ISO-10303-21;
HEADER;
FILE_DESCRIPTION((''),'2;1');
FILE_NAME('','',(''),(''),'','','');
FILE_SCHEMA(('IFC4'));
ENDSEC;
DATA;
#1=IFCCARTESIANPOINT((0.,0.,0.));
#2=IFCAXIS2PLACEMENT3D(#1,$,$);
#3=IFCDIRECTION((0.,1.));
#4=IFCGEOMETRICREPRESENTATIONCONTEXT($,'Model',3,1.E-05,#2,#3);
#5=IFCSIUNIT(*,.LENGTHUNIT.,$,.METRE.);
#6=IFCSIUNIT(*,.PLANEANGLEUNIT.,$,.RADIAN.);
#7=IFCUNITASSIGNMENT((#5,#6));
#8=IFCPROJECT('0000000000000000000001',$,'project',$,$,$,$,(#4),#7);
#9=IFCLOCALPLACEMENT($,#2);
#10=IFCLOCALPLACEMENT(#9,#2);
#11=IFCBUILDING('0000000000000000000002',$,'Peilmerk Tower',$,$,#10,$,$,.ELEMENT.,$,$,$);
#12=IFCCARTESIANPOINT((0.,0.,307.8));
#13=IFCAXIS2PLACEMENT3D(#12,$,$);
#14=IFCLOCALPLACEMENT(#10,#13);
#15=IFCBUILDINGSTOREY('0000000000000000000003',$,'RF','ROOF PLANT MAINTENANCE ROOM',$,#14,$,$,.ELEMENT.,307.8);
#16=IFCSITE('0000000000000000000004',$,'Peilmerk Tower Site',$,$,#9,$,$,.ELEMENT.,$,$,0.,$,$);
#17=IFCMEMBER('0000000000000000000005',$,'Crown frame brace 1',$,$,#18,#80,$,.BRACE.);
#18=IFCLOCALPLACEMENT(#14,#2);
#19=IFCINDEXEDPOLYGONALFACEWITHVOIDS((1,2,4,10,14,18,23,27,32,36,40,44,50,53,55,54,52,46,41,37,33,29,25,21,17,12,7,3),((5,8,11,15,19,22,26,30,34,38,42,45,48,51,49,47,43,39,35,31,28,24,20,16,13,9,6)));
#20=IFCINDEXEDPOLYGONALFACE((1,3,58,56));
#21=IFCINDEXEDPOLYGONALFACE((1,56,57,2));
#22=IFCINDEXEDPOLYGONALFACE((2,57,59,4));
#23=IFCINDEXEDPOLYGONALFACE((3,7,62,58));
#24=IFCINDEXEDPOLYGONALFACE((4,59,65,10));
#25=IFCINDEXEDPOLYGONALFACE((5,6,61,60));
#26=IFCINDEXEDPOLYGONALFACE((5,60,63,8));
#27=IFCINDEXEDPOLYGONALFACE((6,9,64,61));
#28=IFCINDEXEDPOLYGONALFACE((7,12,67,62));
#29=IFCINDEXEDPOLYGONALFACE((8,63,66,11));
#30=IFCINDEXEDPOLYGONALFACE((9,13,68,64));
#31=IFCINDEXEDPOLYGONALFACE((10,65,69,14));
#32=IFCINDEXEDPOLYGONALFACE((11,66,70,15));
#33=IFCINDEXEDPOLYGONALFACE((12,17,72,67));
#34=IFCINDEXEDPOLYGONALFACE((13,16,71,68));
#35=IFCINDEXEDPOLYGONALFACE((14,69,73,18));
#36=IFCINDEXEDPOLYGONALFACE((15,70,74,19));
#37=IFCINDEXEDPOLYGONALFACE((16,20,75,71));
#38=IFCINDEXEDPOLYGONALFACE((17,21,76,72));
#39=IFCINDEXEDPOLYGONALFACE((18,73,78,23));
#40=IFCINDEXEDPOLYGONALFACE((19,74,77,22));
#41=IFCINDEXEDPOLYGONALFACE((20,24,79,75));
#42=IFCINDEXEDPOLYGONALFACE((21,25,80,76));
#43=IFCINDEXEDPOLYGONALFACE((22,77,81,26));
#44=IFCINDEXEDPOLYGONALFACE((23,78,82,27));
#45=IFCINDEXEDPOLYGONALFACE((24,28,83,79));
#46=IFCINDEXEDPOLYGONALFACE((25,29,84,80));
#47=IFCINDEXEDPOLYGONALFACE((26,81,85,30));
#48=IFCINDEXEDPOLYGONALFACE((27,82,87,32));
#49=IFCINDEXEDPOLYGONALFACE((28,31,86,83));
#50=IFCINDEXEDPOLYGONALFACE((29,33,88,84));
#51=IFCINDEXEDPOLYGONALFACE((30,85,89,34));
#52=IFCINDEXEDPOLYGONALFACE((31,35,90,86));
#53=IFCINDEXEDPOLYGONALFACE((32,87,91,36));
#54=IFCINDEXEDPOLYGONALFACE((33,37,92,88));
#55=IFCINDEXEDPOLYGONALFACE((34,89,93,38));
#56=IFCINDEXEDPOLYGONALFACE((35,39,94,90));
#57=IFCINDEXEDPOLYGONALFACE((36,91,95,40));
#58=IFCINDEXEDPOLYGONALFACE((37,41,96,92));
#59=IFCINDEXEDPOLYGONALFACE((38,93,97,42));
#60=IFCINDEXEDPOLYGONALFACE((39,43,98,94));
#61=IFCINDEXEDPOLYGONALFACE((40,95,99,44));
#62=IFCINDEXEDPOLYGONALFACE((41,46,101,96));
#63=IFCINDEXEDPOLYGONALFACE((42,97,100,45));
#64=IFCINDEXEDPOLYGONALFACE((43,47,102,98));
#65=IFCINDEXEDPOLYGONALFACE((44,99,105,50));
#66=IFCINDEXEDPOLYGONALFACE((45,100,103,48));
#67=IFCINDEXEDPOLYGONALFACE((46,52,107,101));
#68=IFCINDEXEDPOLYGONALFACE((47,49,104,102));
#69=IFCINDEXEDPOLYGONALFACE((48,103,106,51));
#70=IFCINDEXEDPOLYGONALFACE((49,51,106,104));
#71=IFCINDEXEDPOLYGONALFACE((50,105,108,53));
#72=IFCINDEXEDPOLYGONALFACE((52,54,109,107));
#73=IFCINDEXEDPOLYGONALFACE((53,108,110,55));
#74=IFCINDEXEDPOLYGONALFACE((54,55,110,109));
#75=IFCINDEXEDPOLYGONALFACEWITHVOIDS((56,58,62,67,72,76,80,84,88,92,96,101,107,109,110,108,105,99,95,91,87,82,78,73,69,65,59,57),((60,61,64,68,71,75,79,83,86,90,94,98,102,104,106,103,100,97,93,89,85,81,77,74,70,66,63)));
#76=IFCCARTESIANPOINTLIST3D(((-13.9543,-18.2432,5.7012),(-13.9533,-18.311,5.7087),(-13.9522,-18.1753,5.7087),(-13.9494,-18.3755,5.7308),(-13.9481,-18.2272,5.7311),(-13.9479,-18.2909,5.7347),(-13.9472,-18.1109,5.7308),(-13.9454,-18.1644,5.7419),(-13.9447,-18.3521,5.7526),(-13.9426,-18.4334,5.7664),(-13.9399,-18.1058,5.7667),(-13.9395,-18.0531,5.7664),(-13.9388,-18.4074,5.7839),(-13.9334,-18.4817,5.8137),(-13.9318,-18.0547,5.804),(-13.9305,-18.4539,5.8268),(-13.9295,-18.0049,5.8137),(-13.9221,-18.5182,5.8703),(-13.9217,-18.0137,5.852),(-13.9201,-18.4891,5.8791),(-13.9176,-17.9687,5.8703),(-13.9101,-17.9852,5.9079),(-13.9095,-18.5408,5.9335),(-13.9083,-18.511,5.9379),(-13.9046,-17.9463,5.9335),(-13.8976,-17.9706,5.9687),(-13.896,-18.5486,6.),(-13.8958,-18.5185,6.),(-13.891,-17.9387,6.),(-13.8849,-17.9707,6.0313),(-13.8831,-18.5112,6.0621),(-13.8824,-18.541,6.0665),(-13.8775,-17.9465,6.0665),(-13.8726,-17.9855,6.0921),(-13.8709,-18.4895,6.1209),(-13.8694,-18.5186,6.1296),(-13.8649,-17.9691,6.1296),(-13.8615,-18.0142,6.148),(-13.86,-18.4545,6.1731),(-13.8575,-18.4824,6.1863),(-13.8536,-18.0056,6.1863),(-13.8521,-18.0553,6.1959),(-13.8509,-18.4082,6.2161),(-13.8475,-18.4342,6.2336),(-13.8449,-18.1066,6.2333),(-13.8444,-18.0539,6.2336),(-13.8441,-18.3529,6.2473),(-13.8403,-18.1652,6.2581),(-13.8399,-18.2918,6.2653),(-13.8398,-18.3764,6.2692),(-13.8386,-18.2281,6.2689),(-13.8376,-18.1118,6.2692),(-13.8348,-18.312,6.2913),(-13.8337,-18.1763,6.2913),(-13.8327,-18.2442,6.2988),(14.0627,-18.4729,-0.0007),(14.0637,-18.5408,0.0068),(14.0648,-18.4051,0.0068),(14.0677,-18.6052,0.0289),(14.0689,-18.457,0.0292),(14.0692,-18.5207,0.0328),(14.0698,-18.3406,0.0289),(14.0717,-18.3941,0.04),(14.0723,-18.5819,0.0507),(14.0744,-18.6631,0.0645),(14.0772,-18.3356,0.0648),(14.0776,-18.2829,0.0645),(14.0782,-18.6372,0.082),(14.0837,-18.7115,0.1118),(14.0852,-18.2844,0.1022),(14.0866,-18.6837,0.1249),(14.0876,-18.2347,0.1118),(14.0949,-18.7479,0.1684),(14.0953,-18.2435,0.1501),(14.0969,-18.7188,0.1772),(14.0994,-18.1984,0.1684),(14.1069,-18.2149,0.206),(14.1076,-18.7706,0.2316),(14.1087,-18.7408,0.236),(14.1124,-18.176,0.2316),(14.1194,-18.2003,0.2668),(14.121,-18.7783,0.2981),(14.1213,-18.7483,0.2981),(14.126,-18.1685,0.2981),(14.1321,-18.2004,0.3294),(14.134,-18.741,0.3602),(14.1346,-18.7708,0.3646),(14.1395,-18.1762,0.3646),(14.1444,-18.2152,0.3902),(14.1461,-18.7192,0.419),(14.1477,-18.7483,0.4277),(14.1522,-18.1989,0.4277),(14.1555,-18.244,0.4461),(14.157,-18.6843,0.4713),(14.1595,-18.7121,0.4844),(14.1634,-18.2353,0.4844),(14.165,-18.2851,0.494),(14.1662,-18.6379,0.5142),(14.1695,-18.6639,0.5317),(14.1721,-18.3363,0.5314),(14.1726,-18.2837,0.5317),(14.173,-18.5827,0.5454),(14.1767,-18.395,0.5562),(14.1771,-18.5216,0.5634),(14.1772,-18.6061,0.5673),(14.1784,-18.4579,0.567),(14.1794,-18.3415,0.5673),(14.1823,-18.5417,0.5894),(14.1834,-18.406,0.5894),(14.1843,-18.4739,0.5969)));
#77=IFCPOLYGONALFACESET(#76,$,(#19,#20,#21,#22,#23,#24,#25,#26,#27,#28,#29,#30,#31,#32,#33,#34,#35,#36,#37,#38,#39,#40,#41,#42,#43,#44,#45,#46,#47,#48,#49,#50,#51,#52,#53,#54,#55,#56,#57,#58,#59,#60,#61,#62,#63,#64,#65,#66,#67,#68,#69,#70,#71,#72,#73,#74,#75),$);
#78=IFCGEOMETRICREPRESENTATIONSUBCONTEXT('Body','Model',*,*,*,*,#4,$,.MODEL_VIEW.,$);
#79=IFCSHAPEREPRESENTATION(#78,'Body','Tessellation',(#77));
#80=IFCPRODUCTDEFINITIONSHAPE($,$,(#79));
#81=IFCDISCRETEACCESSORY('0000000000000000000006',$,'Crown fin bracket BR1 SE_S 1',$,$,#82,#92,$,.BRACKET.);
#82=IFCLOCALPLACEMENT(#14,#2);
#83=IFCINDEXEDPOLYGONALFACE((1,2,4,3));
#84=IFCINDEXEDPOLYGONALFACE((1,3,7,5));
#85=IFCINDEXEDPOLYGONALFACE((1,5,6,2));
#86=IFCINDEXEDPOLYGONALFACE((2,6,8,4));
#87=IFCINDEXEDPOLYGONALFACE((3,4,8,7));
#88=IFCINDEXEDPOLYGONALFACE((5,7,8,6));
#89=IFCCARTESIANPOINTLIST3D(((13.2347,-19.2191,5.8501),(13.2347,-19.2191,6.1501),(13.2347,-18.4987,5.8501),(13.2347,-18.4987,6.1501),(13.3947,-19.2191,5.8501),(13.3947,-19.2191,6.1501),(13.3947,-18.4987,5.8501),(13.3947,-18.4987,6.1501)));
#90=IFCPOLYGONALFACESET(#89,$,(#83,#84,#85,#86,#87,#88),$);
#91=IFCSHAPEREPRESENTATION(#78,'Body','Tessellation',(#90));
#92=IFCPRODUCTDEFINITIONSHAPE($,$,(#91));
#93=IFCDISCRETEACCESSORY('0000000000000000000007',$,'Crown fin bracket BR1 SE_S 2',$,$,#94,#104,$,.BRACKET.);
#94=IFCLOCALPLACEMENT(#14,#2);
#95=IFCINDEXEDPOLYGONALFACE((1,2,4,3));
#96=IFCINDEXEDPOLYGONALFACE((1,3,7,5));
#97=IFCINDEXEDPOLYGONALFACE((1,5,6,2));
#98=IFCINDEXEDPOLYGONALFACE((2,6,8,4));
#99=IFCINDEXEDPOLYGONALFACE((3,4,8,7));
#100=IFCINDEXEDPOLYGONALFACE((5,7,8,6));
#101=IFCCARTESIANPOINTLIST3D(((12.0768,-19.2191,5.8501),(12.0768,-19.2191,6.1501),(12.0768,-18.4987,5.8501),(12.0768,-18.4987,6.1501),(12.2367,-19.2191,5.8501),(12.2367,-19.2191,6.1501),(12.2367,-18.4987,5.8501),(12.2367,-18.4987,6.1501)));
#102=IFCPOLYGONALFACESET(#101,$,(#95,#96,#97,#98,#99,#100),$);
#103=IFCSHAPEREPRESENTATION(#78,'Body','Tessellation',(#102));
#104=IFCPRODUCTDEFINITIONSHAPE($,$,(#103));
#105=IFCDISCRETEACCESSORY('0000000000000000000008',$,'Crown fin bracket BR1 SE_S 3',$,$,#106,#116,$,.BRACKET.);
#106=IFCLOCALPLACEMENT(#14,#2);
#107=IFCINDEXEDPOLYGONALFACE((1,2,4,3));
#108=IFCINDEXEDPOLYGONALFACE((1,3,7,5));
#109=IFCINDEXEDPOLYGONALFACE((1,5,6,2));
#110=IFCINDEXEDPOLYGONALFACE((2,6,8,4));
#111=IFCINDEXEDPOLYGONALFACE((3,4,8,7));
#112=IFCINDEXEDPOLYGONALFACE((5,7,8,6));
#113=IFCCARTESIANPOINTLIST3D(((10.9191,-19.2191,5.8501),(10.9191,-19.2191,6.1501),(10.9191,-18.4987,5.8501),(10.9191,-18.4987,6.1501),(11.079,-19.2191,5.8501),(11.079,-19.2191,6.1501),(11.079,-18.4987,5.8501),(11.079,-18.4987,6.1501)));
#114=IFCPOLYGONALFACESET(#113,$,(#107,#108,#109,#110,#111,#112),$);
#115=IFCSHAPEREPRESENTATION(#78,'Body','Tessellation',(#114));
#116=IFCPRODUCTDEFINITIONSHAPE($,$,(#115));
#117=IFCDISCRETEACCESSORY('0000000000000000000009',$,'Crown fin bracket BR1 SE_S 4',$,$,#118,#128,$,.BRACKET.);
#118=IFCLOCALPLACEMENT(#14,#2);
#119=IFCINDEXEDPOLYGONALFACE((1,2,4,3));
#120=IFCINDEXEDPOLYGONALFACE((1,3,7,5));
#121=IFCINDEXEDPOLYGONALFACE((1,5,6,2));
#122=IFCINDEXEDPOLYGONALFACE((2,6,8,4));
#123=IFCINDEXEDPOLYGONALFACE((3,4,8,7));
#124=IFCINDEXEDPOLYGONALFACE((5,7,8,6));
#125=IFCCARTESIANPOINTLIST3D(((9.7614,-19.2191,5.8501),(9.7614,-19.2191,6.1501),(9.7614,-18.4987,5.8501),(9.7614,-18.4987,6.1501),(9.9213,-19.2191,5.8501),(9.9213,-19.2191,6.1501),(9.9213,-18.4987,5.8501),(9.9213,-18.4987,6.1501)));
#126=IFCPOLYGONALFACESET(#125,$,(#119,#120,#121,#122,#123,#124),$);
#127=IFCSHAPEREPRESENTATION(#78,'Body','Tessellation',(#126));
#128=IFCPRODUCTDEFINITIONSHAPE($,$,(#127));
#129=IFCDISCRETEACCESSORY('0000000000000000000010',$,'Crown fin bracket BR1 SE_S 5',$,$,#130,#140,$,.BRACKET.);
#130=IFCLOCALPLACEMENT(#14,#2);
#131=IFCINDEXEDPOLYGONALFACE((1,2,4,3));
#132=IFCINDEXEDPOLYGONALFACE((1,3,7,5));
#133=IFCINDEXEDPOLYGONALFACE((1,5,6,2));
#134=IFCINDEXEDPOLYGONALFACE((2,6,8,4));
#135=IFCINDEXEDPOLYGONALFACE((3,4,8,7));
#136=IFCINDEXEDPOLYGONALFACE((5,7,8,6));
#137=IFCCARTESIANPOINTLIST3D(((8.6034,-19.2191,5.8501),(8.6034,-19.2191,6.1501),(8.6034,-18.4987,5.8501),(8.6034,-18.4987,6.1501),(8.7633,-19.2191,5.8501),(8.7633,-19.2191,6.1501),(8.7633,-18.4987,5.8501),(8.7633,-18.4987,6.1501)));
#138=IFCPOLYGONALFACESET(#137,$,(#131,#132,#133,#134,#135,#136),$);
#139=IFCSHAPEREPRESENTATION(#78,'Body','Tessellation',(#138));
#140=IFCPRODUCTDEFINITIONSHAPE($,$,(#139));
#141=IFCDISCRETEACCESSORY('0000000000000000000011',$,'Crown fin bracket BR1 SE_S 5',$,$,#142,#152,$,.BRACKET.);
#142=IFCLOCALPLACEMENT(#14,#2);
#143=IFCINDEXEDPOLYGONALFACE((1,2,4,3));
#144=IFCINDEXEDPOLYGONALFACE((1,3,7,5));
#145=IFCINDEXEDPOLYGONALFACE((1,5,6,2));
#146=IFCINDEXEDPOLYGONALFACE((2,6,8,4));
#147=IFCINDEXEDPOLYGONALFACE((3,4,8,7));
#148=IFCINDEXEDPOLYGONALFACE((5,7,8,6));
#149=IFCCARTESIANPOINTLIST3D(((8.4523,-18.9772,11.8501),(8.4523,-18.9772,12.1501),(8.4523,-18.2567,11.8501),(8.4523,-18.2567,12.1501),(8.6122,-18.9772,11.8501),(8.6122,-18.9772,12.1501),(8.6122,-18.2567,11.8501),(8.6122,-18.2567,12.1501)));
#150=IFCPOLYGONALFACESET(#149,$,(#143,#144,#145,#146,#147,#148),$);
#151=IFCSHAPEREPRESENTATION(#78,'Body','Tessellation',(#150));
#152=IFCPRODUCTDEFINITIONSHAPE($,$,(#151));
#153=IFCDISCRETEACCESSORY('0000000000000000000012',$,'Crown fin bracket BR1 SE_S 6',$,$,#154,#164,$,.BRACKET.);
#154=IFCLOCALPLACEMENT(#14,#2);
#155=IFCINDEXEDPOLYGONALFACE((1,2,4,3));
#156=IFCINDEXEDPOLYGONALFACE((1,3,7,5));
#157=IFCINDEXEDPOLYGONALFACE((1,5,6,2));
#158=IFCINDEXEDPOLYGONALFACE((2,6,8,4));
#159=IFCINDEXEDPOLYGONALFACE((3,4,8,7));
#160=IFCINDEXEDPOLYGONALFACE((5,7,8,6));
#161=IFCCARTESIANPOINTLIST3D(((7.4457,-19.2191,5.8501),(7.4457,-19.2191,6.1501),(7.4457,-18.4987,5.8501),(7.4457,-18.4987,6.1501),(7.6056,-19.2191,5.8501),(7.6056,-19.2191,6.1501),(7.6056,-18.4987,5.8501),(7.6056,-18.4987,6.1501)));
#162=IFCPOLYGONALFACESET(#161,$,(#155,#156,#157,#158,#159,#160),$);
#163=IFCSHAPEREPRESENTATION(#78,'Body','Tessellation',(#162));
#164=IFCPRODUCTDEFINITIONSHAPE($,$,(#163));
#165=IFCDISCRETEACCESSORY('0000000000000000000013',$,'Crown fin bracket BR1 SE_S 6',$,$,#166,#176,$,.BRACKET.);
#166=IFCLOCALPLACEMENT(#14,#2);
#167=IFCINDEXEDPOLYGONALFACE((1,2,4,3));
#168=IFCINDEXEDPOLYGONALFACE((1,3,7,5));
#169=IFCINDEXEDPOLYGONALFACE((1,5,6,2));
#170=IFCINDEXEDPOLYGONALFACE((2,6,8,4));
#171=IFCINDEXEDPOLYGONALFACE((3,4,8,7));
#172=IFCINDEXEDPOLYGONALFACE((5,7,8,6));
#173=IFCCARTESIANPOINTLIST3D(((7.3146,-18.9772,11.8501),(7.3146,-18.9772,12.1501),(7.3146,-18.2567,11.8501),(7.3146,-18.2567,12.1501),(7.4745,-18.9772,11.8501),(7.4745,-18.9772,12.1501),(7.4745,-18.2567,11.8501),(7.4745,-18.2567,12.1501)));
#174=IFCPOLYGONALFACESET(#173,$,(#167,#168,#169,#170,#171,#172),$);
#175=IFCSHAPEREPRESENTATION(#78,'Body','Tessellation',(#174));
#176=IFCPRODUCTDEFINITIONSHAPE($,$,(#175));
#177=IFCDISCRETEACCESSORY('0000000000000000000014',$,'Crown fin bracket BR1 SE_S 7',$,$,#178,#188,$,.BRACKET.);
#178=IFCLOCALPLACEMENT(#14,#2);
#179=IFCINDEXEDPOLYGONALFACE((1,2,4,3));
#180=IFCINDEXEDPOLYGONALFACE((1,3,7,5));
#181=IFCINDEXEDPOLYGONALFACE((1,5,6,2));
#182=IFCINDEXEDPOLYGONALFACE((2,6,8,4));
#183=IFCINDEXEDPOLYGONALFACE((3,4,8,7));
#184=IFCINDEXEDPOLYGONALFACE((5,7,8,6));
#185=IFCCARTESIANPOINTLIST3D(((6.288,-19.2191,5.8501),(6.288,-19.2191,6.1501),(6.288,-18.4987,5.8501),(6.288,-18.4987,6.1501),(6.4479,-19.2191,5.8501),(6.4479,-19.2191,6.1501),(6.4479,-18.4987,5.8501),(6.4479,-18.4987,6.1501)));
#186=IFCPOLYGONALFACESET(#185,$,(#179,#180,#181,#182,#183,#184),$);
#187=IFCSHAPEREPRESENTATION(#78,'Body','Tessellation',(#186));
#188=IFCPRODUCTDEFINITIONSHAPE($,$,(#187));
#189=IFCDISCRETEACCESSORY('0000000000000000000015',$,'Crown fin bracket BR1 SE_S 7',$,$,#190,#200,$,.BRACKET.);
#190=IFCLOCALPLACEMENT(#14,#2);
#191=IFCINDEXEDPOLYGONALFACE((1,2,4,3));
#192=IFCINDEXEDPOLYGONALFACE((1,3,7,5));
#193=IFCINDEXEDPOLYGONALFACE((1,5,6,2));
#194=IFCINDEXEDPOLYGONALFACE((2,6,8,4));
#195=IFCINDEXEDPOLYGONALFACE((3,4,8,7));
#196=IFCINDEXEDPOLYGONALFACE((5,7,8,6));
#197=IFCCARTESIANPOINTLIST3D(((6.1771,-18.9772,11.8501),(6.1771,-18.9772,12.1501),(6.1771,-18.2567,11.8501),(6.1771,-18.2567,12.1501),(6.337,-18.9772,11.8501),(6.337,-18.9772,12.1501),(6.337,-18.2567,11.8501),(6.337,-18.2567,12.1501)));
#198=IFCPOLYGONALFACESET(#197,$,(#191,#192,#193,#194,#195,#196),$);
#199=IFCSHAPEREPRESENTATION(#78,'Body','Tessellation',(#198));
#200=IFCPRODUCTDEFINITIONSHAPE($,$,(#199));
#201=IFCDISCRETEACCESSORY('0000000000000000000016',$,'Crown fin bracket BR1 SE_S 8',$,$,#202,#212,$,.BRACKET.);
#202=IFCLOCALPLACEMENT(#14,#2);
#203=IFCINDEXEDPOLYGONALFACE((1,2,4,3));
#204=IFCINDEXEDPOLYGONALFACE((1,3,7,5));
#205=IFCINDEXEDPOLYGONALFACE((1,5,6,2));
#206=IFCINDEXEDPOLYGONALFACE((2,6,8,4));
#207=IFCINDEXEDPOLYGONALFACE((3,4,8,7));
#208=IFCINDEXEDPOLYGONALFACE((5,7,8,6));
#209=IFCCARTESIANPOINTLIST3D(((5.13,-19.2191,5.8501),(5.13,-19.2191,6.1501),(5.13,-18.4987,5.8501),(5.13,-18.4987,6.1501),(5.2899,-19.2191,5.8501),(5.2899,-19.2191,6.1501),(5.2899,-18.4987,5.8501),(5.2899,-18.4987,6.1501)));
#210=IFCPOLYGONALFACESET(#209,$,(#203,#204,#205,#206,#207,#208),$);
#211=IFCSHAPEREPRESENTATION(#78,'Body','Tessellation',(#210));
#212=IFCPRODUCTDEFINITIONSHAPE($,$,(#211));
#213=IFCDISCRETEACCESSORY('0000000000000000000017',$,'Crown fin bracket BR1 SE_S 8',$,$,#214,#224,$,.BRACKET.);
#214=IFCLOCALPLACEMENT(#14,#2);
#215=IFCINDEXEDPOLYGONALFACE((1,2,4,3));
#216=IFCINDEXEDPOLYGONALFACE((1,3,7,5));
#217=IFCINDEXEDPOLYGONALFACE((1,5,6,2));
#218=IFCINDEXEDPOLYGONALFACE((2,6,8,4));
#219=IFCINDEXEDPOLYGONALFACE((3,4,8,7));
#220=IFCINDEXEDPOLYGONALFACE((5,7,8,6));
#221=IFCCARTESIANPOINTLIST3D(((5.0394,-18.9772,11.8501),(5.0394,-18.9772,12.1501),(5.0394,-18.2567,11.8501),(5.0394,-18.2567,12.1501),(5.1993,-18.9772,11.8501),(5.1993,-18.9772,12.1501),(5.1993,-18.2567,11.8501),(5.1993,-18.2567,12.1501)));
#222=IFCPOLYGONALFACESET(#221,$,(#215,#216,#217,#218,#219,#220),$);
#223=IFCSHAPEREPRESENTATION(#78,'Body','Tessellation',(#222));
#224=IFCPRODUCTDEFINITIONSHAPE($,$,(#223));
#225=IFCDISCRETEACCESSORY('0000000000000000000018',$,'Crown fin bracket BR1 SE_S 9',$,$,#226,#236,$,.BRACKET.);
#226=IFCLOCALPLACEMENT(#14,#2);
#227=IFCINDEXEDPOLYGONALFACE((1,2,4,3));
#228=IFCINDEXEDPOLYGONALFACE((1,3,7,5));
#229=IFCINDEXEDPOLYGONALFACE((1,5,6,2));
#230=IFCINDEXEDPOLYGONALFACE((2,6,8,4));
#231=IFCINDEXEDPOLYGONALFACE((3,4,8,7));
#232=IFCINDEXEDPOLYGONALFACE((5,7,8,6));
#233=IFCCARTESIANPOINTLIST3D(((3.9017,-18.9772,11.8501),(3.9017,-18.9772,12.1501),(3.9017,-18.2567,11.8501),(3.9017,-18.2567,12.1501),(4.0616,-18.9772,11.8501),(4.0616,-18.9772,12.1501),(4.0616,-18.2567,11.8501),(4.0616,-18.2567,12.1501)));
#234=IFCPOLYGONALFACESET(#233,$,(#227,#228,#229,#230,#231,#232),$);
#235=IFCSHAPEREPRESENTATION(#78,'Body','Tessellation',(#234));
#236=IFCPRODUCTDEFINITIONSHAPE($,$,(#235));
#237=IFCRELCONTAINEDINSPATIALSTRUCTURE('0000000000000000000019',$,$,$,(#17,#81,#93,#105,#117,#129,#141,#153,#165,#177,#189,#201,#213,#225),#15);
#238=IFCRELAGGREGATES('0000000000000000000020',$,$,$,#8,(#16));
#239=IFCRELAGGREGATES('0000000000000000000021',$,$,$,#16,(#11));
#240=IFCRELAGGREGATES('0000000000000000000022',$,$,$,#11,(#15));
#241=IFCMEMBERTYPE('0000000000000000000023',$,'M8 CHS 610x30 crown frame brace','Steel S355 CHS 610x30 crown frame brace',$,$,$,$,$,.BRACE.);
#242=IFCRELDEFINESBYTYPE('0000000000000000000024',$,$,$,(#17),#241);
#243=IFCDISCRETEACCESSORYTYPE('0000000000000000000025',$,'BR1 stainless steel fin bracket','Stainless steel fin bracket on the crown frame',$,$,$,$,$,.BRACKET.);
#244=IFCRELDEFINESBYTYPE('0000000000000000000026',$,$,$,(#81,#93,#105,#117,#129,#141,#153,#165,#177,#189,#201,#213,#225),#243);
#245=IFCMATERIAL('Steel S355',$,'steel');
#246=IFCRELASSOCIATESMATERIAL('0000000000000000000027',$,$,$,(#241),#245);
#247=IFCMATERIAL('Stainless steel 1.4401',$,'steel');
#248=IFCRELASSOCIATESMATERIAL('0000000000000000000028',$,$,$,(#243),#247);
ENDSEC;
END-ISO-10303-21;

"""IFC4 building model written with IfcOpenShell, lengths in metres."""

from ifc_helpers import new_model, si_unit, direction, frame, origin, origin_2d, place, context, subcontext, project, spatial, rectangle, hollow_circle, extrude, source, transform, mapped, material, material_profile, profile_set, type_object, element, save


model = new_model("IFC4")

# Units and contexts
model_context = context("Model", 3, precision=1e-05, world=origin(), true_north=direction((0.0, 1.0)))
body_context = subcontext(model_context, "Body", "Model", "MODEL_VIEW")
ifc_project = project(units=[si_unit("LENGTHUNIT", "METRE"), si_unit("PLANEANGLEUNIT", "RADIAN")], contexts=[model_context])

# Site, building, storey
site_placement = place(None, origin())
site = spatial("IfcSite", under=ifc_project, at=site_placement, Name="Peilmerk Tower Site", CompositionType="ELEMENT", RefElevation=0.0)
building_placement = place(site_placement, origin())
building = spatial("IfcBuilding", under=site, at=building_placement, Name="Peilmerk Tower", CompositionType="ELEMENT")
storey_placement = place(building_placement, frame((0.0, 0.0, 307.8)))
storey = spatial("IfcBuildingStorey", under=building, at=storey_placement, Name="RF", Description="ROOF PLANT MAINTENANCE ROOM", CompositionType="ELEMENT", Elevation=307.8)

# Shared definitions
ifc_material_1 = material(Name="Steel S355", Category="steel")

# Member
ifc_material_profile_1 = material_profile(ifc_material_1, hollow_circle(Radius=0.3049, WallThickness=0.03, at=origin_2d()), Name="CHS 610x30")
ifc_profile_set_1 = profile_set([ifc_material_profile_1], Name="Steel S355")
member_type_1 = type_object("IfcMemberType", Name="M8 CHS 610x30 crown frame brace", Description="Steel S355 CHS 610x30 crown frame brace", PredefinedType="BRACE", material=ifc_profile_set_1)
member_1_placement = place(storey_placement, frame((14.1235, -18.4734, 0.2981), z_axis=(-0.979881, 0.008035, 0.199421), x_axis=(-0.0082, -0.999966, 0.0)))
element("IfcMember", 1, at=member_1_placement, inside=storey, type_object=member_type_1, Name="Crown frame brace 1", PredefinedType="BRACE", context=body_context, shape_type="SweptSolid", body=[
    extrude(hollow_circle(Radius=0.3049, WallThickness=0.03, at=origin_2d()), origin(), (0.0, 0.0, 1.0), 28.5923),
])

# Discrete accessories
ifc_material_2 = material(Name="Stainless steel 1.4401", Category="steel")
discrete_accessory_type = type_object("IfcDiscreteAccessoryType", Name="BR1 stainless steel fin bracket", Description="Stainless steel fin bracket on the crown frame", PredefinedType="BRACKET", material=ifc_material_2)
shared_shape = source(origin(), body_context, "Body", "SweptSolid", [
    extrude(rectangle(XDim=0.7205, YDim=0.1599, at=origin_2d()), origin(), (0.0, 0.0, 1.0), 0.3),
])
for number, where, z_axis, x_axis, name in (
    (2, (13.3147, -18.8589, 5.8501), (0.0, 0.0, 1.0), (0.0, -1.0, 0.0), "Crown fin bracket BR1 SE_S 1"),
    (3, (12.1567, -18.8589, 5.8501), (0.0, 0.0, 1.0), (0.0, -1.0, 0.0), "Crown fin bracket BR1 SE_S 2"),
    (4, (10.999, -18.8589, 5.8501), (0.0, 0.0, 1.0), (0.0, -1.0, 0.0), "Crown fin bracket BR1 SE_S 3"),
    (5, (9.8413, -18.8589, 5.8501), (0.0, 0.0, 1.0), (0.0, -1.0, 0.0), "Crown fin bracket BR1 SE_S 4"),
    (6, (8.6833, -18.8589, 5.8501), (0.0, 0.0, 1.0), (0.0, -1.0, 0.0), "Crown fin bracket BR1 SE_S 5"),
    (7, (8.5322, -18.6169, 11.8501), (0.0, 0.0, 1.0), (0.0, -1.0, 0.0), "Crown fin bracket BR1 SE_S 5"),
    (8, (7.5256, -18.8589, 5.8501), (0.0, 0.0, 1.0), (0.0, -1.0, 0.0), "Crown fin bracket BR1 SE_S 6"),
    (9, (7.3945, -18.6169, 11.8501), (0.0, 0.0, 1.0), (0.0, -1.0, 0.0), "Crown fin bracket BR1 SE_S 6"),
    (10, (6.3679, -18.8589, 5.8501), (0.0, 0.0, 1.0), (0.0, -1.0, 0.0), "Crown fin bracket BR1 SE_S 7"),
    (11, (6.2571, -18.6169, 11.8501), (0.0, 0.0, 1.0), (0.0, -1.0, 0.0), "Crown fin bracket BR1 SE_S 7"),
    (12, (5.21, -18.8589, 5.8501), (0.0, 0.0, 1.0), (0.0, -1.0, 0.0), "Crown fin bracket BR1 SE_S 8"),
    (13, (5.1194, -18.6169, 11.8501), (0.0, 0.0, 1.0), (0.0, -1.0, 0.0), "Crown fin bracket BR1 SE_S 8"),
    (14, (3.9817, -18.6169, 11.8501), (0.0, 0.0, 1.0), (0.0, -1.0, 0.0), "Crown fin bracket BR1 SE_S 9"),
):
    element("IfcDiscreteAccessory", number, at=place(storey_placement, frame(where, z_axis=z_axis, x_axis=x_axis)), inside=storey, type_object=discrete_accessory_type, Name=name, PredefinedType="BRACKET", context=body_context, shape_type="MappedRepresentation", body=[
        mapped(shared_shape, transform((0.0, 0.0, 0.0), scale=1.0)),
    ])

save(model, "model.ifc")
